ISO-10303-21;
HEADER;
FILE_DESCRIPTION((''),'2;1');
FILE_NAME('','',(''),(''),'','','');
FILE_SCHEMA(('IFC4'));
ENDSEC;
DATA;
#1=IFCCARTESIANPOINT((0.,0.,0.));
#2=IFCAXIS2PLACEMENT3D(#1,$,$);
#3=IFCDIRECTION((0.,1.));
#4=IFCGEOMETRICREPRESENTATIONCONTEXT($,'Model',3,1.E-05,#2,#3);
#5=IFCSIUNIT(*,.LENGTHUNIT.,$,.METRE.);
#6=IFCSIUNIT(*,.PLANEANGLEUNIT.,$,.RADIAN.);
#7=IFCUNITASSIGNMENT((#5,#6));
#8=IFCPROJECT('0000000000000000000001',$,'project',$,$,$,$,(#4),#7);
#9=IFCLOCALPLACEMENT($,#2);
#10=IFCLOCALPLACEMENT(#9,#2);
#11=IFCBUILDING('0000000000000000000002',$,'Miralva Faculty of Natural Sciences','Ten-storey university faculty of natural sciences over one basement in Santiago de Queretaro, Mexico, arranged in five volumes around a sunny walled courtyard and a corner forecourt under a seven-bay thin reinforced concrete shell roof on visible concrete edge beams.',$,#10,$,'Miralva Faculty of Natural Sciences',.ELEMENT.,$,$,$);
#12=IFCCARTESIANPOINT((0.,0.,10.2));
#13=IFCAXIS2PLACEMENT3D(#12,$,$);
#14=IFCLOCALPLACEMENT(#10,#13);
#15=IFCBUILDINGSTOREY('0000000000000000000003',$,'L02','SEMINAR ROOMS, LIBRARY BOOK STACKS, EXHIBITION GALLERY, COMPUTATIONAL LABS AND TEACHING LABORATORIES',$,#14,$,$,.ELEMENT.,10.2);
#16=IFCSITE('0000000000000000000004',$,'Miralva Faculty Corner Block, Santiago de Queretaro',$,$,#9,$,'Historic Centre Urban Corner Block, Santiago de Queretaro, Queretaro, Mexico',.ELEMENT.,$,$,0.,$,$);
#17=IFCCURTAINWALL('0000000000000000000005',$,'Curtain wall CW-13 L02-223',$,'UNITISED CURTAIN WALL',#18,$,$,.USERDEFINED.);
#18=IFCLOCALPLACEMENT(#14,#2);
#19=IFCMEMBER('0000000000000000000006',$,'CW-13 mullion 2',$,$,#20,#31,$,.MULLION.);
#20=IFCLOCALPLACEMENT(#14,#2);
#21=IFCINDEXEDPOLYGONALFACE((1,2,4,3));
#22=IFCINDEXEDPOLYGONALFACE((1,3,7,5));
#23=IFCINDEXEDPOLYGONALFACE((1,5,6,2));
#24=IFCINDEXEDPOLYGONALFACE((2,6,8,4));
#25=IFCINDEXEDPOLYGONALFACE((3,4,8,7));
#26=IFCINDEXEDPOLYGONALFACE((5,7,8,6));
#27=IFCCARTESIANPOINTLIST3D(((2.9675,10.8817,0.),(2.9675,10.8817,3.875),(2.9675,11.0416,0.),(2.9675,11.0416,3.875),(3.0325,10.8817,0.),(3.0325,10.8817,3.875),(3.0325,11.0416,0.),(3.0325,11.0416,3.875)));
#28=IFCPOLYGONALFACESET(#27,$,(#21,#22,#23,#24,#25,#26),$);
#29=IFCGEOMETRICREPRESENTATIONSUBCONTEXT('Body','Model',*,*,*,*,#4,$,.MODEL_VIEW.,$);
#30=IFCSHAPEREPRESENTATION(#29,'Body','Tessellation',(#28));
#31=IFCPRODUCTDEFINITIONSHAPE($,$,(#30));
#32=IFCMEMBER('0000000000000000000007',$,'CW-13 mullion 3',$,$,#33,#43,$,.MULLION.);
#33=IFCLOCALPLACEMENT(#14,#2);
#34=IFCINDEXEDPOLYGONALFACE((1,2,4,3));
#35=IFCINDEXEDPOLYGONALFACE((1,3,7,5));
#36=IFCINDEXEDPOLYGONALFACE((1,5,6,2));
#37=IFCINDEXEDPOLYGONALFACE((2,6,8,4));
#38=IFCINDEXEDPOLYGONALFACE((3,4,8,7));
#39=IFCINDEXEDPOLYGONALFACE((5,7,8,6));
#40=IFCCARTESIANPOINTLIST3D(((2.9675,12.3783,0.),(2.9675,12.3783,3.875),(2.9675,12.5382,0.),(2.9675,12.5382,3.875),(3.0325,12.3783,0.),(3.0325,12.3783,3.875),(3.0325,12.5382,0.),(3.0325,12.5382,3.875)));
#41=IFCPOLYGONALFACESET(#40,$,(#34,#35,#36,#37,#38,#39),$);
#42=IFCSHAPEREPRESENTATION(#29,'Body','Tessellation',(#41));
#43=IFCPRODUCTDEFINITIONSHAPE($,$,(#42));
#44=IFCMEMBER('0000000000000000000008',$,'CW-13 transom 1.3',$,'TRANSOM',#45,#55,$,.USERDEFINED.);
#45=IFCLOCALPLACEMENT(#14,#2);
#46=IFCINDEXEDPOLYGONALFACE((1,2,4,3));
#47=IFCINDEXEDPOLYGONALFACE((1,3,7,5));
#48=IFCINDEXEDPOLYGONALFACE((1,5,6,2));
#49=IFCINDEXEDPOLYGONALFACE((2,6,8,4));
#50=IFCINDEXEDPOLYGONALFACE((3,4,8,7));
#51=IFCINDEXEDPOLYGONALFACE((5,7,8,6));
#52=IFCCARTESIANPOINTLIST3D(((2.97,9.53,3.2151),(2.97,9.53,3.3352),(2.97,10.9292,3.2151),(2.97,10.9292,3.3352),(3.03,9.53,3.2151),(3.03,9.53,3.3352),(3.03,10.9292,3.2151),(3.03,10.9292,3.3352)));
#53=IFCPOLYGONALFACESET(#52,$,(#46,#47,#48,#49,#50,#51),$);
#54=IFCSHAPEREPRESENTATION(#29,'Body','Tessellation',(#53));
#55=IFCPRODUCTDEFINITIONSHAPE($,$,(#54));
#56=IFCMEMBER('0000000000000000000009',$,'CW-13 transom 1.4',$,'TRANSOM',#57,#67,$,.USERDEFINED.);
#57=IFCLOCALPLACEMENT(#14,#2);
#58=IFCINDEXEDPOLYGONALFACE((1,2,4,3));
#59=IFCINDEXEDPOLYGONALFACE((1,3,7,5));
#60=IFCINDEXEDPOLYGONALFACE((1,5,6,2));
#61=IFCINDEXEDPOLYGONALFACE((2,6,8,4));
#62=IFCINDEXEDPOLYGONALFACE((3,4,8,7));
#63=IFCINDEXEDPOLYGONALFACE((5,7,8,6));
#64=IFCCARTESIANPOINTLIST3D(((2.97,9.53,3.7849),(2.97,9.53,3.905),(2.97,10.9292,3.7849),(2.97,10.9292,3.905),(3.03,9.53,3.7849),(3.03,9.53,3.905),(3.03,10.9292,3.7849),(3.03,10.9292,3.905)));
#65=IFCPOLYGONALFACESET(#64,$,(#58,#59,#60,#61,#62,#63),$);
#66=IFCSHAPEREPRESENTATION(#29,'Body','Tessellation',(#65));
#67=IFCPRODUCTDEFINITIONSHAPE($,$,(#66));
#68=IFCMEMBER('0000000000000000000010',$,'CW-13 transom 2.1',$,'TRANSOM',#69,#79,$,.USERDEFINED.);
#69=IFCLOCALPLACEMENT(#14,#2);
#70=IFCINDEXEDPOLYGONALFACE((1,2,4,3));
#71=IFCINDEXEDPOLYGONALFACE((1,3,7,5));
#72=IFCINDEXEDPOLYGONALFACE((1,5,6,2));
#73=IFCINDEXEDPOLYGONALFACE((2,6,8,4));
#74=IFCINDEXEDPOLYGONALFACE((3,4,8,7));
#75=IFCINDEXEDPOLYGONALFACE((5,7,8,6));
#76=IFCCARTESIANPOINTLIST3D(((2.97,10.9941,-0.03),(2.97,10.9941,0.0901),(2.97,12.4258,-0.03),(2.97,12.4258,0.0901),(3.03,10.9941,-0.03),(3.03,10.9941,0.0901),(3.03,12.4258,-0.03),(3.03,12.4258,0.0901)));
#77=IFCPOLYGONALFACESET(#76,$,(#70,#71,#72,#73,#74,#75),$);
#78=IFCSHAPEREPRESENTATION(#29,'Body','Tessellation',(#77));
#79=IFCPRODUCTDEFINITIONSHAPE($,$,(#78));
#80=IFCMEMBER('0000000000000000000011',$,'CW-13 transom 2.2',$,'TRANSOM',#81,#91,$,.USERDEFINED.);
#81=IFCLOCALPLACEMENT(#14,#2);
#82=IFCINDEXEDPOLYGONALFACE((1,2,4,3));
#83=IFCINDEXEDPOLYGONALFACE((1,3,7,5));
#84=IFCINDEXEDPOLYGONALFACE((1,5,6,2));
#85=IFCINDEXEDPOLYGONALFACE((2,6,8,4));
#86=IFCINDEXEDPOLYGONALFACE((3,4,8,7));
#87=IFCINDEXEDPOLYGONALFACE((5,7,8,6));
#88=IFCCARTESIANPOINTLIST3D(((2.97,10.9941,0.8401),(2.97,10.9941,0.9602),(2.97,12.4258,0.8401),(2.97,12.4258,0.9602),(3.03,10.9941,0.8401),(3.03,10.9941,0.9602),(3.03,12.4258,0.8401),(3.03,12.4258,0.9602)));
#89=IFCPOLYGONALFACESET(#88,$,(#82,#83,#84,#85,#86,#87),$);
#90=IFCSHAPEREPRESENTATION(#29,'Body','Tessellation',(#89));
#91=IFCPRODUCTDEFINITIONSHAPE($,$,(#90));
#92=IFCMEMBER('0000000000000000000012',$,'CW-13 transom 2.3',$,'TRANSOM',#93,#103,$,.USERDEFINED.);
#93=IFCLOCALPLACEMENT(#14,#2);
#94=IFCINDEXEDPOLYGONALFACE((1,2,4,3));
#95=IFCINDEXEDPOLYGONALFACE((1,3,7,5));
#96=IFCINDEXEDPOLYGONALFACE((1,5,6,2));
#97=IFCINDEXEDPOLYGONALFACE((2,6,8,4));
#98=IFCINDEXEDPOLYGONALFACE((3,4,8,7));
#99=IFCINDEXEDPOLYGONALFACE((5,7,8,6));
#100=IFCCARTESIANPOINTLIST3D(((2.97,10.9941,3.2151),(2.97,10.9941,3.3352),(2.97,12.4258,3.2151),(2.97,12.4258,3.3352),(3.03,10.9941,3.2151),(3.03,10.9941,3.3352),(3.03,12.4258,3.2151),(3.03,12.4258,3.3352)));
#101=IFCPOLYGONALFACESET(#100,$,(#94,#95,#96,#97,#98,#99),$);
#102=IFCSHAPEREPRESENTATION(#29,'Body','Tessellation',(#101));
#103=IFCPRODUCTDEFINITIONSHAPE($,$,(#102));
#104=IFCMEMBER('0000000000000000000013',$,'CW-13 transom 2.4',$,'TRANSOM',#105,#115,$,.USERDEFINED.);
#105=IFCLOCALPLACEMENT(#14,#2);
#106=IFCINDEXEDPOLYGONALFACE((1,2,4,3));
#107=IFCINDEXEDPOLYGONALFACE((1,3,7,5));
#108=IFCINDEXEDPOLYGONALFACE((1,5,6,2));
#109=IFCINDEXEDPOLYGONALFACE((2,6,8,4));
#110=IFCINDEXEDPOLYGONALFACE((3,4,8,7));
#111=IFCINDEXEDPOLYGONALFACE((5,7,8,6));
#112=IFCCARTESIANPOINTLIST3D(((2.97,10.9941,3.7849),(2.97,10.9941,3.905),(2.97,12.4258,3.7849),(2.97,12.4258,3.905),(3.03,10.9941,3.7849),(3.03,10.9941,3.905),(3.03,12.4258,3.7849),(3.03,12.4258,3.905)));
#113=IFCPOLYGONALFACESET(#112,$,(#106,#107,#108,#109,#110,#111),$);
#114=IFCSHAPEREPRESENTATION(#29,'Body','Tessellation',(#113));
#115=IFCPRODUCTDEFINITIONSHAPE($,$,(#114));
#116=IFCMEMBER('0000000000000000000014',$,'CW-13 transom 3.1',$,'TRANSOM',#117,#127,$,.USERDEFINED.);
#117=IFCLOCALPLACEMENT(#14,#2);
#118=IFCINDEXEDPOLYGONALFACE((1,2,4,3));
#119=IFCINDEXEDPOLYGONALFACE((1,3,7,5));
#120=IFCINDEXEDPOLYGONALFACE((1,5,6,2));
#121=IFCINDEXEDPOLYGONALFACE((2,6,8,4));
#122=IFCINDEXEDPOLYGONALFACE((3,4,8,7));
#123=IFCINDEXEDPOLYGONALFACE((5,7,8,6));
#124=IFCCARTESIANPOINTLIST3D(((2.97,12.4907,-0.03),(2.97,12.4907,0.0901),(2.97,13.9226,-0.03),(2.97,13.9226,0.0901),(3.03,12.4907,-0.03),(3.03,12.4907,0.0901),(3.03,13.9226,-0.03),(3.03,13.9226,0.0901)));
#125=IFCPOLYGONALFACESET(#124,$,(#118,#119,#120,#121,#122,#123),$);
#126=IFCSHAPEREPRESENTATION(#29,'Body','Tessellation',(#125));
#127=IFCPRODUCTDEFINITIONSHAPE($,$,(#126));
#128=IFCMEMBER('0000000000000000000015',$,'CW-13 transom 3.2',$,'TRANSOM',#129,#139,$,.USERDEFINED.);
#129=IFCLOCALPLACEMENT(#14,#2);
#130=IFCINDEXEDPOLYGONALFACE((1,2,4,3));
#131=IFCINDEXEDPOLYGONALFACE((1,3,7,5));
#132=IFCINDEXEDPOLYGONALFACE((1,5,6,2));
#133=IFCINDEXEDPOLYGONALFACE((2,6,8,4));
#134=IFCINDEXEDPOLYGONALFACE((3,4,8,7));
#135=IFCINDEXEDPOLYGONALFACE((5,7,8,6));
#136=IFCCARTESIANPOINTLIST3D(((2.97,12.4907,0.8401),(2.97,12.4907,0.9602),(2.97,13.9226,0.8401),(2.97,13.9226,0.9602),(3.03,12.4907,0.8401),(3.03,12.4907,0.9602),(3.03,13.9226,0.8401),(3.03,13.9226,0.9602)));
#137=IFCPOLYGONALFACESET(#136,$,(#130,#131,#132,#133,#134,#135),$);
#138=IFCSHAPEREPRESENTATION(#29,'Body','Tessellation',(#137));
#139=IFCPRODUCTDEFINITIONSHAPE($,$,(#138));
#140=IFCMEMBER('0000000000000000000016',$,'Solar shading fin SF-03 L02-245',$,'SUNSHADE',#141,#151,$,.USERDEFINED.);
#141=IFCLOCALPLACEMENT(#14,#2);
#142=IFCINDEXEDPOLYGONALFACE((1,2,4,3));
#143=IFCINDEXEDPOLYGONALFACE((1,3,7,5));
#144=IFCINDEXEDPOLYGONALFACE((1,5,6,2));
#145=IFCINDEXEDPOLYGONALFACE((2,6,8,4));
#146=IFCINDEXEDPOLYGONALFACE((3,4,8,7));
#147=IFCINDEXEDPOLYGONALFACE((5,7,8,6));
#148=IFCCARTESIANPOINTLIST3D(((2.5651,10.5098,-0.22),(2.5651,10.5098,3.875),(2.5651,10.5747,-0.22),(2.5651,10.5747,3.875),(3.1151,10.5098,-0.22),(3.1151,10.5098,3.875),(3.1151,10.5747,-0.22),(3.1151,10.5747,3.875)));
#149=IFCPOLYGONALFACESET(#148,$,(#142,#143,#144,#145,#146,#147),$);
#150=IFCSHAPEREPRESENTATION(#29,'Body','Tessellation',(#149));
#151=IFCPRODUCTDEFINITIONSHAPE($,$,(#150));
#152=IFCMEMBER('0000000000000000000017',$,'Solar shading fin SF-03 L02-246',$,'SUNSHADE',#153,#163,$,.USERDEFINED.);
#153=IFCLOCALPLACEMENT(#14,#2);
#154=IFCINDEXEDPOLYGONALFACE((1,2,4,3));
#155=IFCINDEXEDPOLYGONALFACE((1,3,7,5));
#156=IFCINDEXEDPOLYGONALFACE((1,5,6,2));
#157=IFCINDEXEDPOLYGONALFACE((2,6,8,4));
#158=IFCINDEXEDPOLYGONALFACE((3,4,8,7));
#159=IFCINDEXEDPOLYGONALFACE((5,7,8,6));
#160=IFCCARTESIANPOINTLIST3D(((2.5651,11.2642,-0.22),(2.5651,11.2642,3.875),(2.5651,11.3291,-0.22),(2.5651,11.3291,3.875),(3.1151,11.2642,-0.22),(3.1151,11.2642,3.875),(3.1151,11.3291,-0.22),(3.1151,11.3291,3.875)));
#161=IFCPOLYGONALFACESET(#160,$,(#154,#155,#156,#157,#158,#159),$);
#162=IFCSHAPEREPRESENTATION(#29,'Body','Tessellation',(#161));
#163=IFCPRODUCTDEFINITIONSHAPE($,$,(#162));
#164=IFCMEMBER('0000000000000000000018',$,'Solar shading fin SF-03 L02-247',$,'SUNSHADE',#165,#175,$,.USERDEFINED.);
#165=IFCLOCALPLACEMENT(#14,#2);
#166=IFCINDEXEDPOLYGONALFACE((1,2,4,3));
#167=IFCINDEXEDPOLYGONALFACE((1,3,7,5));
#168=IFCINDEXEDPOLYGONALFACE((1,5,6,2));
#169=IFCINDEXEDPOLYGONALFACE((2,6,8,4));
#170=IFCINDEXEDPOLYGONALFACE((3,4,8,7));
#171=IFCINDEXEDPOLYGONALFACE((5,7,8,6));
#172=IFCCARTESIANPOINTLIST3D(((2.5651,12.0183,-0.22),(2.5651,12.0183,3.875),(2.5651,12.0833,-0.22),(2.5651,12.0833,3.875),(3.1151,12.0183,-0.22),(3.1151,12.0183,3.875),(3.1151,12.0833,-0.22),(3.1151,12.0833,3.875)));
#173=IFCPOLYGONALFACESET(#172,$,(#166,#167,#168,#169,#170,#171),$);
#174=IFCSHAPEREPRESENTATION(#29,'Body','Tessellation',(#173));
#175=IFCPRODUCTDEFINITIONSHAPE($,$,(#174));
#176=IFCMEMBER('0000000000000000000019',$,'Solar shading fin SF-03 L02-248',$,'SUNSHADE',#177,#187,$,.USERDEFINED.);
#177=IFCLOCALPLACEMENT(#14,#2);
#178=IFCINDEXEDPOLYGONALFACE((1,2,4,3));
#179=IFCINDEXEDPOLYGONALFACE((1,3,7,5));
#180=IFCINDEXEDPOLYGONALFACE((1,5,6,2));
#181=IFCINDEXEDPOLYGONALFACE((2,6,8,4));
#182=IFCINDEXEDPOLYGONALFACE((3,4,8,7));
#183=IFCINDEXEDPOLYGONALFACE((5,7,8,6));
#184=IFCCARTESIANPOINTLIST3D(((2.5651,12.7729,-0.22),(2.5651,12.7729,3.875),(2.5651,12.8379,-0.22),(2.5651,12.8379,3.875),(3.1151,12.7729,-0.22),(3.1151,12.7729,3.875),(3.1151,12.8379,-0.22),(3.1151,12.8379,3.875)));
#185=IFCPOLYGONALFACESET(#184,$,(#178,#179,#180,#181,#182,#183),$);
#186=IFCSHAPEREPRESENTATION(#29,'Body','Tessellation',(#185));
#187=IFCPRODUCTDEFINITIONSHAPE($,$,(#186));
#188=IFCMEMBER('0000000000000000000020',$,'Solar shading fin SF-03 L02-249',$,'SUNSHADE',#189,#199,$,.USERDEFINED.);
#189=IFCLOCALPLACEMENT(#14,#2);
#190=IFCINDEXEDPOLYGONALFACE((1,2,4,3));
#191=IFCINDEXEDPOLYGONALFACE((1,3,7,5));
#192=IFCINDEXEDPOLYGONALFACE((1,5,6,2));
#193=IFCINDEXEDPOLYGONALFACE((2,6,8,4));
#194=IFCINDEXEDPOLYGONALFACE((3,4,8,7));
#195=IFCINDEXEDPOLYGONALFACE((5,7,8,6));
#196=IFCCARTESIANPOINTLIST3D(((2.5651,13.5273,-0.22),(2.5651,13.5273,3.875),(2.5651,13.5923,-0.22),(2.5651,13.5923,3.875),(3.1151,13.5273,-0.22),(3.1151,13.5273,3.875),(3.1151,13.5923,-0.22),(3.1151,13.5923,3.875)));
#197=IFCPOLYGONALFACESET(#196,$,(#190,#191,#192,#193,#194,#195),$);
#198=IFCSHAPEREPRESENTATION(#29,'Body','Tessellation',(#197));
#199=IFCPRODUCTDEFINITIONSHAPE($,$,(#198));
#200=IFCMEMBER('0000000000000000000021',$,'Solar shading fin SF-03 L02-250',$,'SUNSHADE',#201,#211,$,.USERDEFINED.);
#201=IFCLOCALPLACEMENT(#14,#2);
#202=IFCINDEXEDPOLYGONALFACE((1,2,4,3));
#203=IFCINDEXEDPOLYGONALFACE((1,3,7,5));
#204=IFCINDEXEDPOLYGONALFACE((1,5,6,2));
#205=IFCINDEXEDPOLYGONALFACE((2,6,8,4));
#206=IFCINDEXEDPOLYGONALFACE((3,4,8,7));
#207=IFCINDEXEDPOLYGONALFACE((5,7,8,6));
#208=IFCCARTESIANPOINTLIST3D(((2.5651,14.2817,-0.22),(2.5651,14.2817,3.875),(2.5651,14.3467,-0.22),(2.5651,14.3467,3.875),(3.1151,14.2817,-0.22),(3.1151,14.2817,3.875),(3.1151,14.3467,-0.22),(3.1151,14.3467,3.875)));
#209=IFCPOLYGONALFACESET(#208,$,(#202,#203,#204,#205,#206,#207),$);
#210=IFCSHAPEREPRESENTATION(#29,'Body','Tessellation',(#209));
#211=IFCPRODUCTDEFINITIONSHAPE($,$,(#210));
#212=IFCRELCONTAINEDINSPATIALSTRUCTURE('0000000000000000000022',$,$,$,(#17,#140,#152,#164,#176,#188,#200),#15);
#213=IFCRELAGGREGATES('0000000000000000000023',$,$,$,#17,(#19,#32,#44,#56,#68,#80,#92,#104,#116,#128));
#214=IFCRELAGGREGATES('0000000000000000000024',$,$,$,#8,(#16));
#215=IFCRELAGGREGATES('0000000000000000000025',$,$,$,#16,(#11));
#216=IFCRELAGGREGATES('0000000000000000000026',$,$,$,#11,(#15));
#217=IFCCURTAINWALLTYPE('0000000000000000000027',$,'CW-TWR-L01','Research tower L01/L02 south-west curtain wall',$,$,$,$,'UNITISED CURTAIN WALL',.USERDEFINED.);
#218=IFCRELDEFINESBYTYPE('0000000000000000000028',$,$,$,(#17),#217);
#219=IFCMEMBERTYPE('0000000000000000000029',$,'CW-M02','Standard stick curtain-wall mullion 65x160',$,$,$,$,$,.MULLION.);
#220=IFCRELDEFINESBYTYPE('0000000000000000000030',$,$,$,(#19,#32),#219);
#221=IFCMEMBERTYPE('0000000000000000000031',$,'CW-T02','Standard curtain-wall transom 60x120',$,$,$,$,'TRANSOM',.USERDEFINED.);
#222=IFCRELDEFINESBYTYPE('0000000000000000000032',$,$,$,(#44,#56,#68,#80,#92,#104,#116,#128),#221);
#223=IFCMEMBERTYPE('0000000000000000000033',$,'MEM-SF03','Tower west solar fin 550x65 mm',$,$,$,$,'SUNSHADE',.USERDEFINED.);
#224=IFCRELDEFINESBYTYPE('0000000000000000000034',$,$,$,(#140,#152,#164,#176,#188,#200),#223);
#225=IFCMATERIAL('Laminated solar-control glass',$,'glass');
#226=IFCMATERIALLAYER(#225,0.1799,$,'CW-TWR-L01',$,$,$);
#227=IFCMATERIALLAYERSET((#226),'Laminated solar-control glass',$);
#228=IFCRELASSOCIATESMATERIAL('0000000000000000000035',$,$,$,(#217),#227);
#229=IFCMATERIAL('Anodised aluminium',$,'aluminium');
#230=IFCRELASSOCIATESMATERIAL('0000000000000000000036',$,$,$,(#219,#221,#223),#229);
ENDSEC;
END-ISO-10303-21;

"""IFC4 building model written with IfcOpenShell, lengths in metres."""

from ifc_helpers import new_model, si_unit, direction, frame, origin, origin_2d, place, context, subcontext, project, spatial, rectangle, extrude, material, layer, layer_set, material_profile, profile_set, type_object, element, aggregate, save


model = new_model("IFC4")

# Units and contexts
model_context = context("Model", 3, precision=1e-05, world=origin(), true_north=direction((0.0, 1.0)))
body_context = subcontext(model_context, "Body", "Model", "MODEL_VIEW")
ifc_project = project(units=[si_unit("LENGTHUNIT", "METRE"), si_unit("PLANEANGLEUNIT", "RADIAN")], contexts=[model_context])

# Site, building, storey
site_placement = place(None, origin())
site = spatial("IfcSite", under=ifc_project, at=site_placement, Name="Miralva Faculty Corner Block, Santiago de Queretaro", LongName="Historic Centre Urban Corner Block, Santiago de Queretaro, Queretaro, Mexico", CompositionType="ELEMENT", RefElevation=0.0)
building_placement = place(site_placement, origin())
building = spatial("IfcBuilding", under=site, at=building_placement, Name="Miralva Faculty of Natural Sciences", Description="Ten-storey university faculty of natural sciences over one basement in Santiago de Queretaro, Mexico, arranged in five volumes around a sunny walled courtyard and a corner forecourt under a seven-bay thin reinforced concrete shell roof on visible concrete edge beams.", LongName="Miralva Faculty of Natural Sciences", CompositionType="ELEMENT")
storey_placement = place(building_placement, frame((0.0, 0.0, 10.2)))
storey = spatial("IfcBuildingStorey", under=building, at=storey_placement, Name="L02", Description="SEMINAR ROOMS, LIBRARY BOOK STACKS, EXHIBITION GALLERY, COMPUTATIONAL LABS AND TEACHING LABORATORIES", CompositionType="ELEMENT", Elevation=10.2)

# Curtain wall, members
ifc_material_1 = material(Name="Laminated solar-control glass", Category="glass")
ifc_layer_1 = layer(ifc_material_1, 0.1799, Name="CW-TWR-L01")
ifc_layer_set_1 = layer_set([ifc_layer_1], Name="Laminated solar-control glass")
curtain_wall_type = type_object("IfcCurtainWallType", Name="CW-TWR-L01", Description="Research tower L01/L02 south-west curtain wall", ElementType="UNITISED CURTAIN WALL", PredefinedType="USERDEFINED", material=ifc_layer_set_1)
curtain_wall_placement = place(storey_placement, origin())
curtain_wall = element("IfcCurtainWall", 1, at=curtain_wall_placement, inside=storey, type_object=curtain_wall_type, Name="Curtain wall CW-13 L02-223", ObjectType="UNITISED CURTAIN WALL", PredefinedType="USERDEFINED")
ifc_material_2 = material(Name="Anodised aluminium", Category="aluminium")
ifc_material_profile_1 = material_profile(ifc_material_2, rectangle(XDim=0.0649, YDim=0.1599, at=origin_2d()), Name="MULLION 65x160")
ifc_profile_set_1 = profile_set([ifc_material_profile_1], Name="Anodised aluminium")
member_type_1 = type_object("IfcMemberType", Name="CW-M02", Description="Standard stick curtain-wall mullion 65x160", PredefinedType="MULLION", material=ifc_profile_set_1)
member_1_placement = place(storey_placement, frame((3.0, 10.9617, 0.0), z_axis=(0.0, 0.0, 1.0), x_axis=(-1.0, 0.0, 0.0)))
member_1 = element("IfcMember", 2, at=member_1_placement, type_object=member_type_1, Name="CW-13 mullion 2", PredefinedType="MULLION", context=body_context, shape_type="SweptSolid", body=[
    extrude(rectangle(XDim=0.0649, YDim=0.1599, at=origin_2d()), origin(), (0.0, 0.0, 1.0), 3.875),
])
member_2_placement = place(storey_placement, frame((3.0, 12.4583, 0.0), z_axis=(0.0, 0.0, 1.0), x_axis=(-1.0, 0.0, 0.0)))
member_2 = element("IfcMember", 3, at=member_2_placement, type_object=member_type_1, Name="CW-13 mullion 3", PredefinedType="MULLION", context=body_context, shape_type="SweptSolid", body=[
    extrude(rectangle(XDim=0.0649, YDim=0.1599, at=origin_2d()), origin(), (0.0, 0.0, 1.0), 3.875),
])
ifc_material_profile_2 = material_profile(ifc_material_2, rectangle(XDim=0.0601, YDim=0.1201, at=origin_2d()), Name="TRANSOM 60x120")
ifc_profile_set_2 = profile_set([ifc_material_profile_2], Name="Anodised aluminium")
member_type_2 = type_object("IfcMemberType", Name="CW-T02", Description="Standard curtain-wall transom 60x120", ElementType="TRANSOM", PredefinedType="USERDEFINED", material=ifc_profile_set_2)
member_3_placement = place(storey_placement, frame((3.0, 9.53, 3.2751), z_axis=(0.0, 1.0, 0.0), x_axis=(-1.0, 0.0, 0.0)))
member_3 = element("IfcMember", 4, at=member_3_placement, type_object=member_type_2, Name="CW-13 transom 1.3", ObjectType="TRANSOM", PredefinedType="USERDEFINED", context=body_context, shape_type="SweptSolid", body=[
    extrude(rectangle(XDim=0.0601, YDim=0.1201, at=origin_2d()), origin(), (0.0, 0.0, 1.0), 1.3992),
])
member_4_placement = place(storey_placement, frame((3.0, 9.53, 3.845), z_axis=(0.0, 1.0, 0.0), x_axis=(-1.0, 0.0, 0.0)))
member_4 = element("IfcMember", 5, at=member_4_placement, type_object=member_type_2, Name="CW-13 transom 1.4", ObjectType="TRANSOM", PredefinedType="USERDEFINED", context=body_context, shape_type="SweptSolid", body=[
    extrude(rectangle(XDim=0.0601, YDim=0.1201, at=origin_2d()), origin(), (0.0, 0.0, 1.0), 1.3992),
])
member_5_placement = place(storey_placement, frame((3.0, 10.9941, 0.03), z_axis=(0.0, 1.0, 0.0), x_axis=(-1.0, 0.0, 0.0)))
member_5 = element("IfcMember", 6, at=member_5_placement, type_object=member_type_2, Name="CW-13 transom 2.1", ObjectType="TRANSOM", PredefinedType="USERDEFINED", context=body_context, shape_type="SweptSolid", body=[
    extrude(rectangle(XDim=0.0601, YDim=0.1201, at=origin_2d()), origin(), (0.0, 0.0, 1.0), 1.4316),
])
member_6_placement = place(storey_placement, frame((3.0, 10.9941, 0.9001), z_axis=(0.0, 1.0, 0.0), x_axis=(-1.0, 0.0, 0.0)))
member_6 = element("IfcMember", 7, at=member_6_placement, type_object=member_type_2, Name="CW-13 transom 2.2", ObjectType="TRANSOM", PredefinedType="USERDEFINED", context=body_context, shape_type="SweptSolid", body=[
    extrude(rectangle(XDim=0.0601, YDim=0.1201, at=origin_2d()), origin(), (0.0, 0.0, 1.0), 1.4316),
])
member_7_placement = place(storey_placement, frame((3.0, 10.9941, 3.2751), z_axis=(0.0, 1.0, 0.0), x_axis=(-1.0, 0.0, 0.0)))
member_7 = element("IfcMember", 8, at=member_7_placement, type_object=member_type_2, Name="CW-13 transom 2.3", ObjectType="TRANSOM", PredefinedType="USERDEFINED", context=body_context, shape_type="SweptSolid", body=[
    extrude(rectangle(XDim=0.0601, YDim=0.1201, at=origin_2d()), origin(), (0.0, 0.0, 1.0), 1.4316),
])
member_8_placement = place(storey_placement, frame((3.0, 10.9941, 3.845), z_axis=(0.0, 1.0, 0.0), x_axis=(-1.0, 0.0, 0.0)))
member_8 = element("IfcMember", 9, at=member_8_placement, type_object=member_type_2, Name="CW-13 transom 2.4", ObjectType="TRANSOM", PredefinedType="USERDEFINED", context=body_context, shape_type="SweptSolid", body=[
    extrude(rectangle(XDim=0.0601, YDim=0.1201, at=origin_2d()), origin(), (0.0, 0.0, 1.0), 1.4316),
])
member_9_placement = place(storey_placement, frame((3.0, 12.4907, 0.03), z_axis=(0.0, 1.0, 0.0), x_axis=(-1.0, 0.0, 0.0)))
member_9 = element("IfcMember", 10, at=member_9_placement, type_object=member_type_2, Name="CW-13 transom 3.1", ObjectType="TRANSOM", PredefinedType="USERDEFINED", context=body_context, shape_type="SweptSolid", body=[
    extrude(rectangle(XDim=0.0601, YDim=0.1201, at=origin_2d()), origin(), (0.0, 0.0, 1.0), 1.4319),
])
member_10_placement = place(storey_placement, frame((3.0, 12.4907, 0.9001), z_axis=(0.0, 1.0, 0.0), x_axis=(-1.0, 0.0, 0.0)))
member_10 = element("IfcMember", 11, at=member_10_placement, type_object=member_type_2, Name="CW-13 transom 3.2", ObjectType="TRANSOM", PredefinedType="USERDEFINED", context=body_context, shape_type="SweptSolid", body=[
    extrude(rectangle(XDim=0.0601, YDim=0.1201, at=origin_2d()), origin(), (0.0, 0.0, 1.0), 1.4319),
])

# Members
ifc_material_profile_3 = material_profile(ifc_material_2, rectangle(XDim=0.0649, YDim=0.55, at=origin_2d()), Name="FIN 550x65")
ifc_profile_set_3 = profile_set([ifc_material_profile_3], Name="Anodised aluminium")
member_type_3 = type_object("IfcMemberType", Name="MEM-SF03", Description="Tower west solar fin 550x65 mm", ElementType="SUNSHADE", PredefinedType="USERDEFINED", material=ifc_profile_set_3)
for number, where, z_axis, x_axis, name in (
    (12, (2.8401, 10.5422, -0.22), (0.0, 0.0, 1.0), (0.0, -1.0, 0.0), "Solar shading fin SF-03 L02-245"),
    (13, (2.8401, 11.2966, -0.22), (0.0, 0.0, 1.0), (0.0, -1.0, 0.0), "Solar shading fin SF-03 L02-246"),
    (14, (2.8401, 12.0508, -0.22), (0.0, 0.0, 1.0), (0.0, -1.0, 0.0), "Solar shading fin SF-03 L02-247"),
    (15, (2.8401, 12.8054, -0.22), (0.0, 0.0, 1.0), (0.0, -1.0, 0.0), "Solar shading fin SF-03 L02-248"),
    (16, (2.8401, 13.5598, -0.22), (0.0, 0.0, 1.0), (0.0, -1.0, 0.0), "Solar shading fin SF-03 L02-249"),
    (17, (2.8401, 14.3142, -0.22), (0.0, 0.0, 1.0), (0.0, -1.0, 0.0), "Solar shading fin SF-03 L02-250"),
):
    element("IfcMember", number, at=place(storey_placement, frame(where, z_axis=z_axis, x_axis=x_axis)), inside=storey, type_object=member_type_3, Name=name, ObjectType="SUNSHADE", PredefinedType="USERDEFINED", context=body_context, shape_type="SweptSolid", body=[
        extrude(rectangle(XDim=0.0649, YDim=0.55, at=origin_2d()), origin(), (0.0, 0.0, 1.0), 4.095),
    ])

aggregate(curtain_wall, [member_1, member_2, member_3, member_4, member_5, member_6, member_7, member_8, member_9, member_10])

save(model, "model.ifc")
